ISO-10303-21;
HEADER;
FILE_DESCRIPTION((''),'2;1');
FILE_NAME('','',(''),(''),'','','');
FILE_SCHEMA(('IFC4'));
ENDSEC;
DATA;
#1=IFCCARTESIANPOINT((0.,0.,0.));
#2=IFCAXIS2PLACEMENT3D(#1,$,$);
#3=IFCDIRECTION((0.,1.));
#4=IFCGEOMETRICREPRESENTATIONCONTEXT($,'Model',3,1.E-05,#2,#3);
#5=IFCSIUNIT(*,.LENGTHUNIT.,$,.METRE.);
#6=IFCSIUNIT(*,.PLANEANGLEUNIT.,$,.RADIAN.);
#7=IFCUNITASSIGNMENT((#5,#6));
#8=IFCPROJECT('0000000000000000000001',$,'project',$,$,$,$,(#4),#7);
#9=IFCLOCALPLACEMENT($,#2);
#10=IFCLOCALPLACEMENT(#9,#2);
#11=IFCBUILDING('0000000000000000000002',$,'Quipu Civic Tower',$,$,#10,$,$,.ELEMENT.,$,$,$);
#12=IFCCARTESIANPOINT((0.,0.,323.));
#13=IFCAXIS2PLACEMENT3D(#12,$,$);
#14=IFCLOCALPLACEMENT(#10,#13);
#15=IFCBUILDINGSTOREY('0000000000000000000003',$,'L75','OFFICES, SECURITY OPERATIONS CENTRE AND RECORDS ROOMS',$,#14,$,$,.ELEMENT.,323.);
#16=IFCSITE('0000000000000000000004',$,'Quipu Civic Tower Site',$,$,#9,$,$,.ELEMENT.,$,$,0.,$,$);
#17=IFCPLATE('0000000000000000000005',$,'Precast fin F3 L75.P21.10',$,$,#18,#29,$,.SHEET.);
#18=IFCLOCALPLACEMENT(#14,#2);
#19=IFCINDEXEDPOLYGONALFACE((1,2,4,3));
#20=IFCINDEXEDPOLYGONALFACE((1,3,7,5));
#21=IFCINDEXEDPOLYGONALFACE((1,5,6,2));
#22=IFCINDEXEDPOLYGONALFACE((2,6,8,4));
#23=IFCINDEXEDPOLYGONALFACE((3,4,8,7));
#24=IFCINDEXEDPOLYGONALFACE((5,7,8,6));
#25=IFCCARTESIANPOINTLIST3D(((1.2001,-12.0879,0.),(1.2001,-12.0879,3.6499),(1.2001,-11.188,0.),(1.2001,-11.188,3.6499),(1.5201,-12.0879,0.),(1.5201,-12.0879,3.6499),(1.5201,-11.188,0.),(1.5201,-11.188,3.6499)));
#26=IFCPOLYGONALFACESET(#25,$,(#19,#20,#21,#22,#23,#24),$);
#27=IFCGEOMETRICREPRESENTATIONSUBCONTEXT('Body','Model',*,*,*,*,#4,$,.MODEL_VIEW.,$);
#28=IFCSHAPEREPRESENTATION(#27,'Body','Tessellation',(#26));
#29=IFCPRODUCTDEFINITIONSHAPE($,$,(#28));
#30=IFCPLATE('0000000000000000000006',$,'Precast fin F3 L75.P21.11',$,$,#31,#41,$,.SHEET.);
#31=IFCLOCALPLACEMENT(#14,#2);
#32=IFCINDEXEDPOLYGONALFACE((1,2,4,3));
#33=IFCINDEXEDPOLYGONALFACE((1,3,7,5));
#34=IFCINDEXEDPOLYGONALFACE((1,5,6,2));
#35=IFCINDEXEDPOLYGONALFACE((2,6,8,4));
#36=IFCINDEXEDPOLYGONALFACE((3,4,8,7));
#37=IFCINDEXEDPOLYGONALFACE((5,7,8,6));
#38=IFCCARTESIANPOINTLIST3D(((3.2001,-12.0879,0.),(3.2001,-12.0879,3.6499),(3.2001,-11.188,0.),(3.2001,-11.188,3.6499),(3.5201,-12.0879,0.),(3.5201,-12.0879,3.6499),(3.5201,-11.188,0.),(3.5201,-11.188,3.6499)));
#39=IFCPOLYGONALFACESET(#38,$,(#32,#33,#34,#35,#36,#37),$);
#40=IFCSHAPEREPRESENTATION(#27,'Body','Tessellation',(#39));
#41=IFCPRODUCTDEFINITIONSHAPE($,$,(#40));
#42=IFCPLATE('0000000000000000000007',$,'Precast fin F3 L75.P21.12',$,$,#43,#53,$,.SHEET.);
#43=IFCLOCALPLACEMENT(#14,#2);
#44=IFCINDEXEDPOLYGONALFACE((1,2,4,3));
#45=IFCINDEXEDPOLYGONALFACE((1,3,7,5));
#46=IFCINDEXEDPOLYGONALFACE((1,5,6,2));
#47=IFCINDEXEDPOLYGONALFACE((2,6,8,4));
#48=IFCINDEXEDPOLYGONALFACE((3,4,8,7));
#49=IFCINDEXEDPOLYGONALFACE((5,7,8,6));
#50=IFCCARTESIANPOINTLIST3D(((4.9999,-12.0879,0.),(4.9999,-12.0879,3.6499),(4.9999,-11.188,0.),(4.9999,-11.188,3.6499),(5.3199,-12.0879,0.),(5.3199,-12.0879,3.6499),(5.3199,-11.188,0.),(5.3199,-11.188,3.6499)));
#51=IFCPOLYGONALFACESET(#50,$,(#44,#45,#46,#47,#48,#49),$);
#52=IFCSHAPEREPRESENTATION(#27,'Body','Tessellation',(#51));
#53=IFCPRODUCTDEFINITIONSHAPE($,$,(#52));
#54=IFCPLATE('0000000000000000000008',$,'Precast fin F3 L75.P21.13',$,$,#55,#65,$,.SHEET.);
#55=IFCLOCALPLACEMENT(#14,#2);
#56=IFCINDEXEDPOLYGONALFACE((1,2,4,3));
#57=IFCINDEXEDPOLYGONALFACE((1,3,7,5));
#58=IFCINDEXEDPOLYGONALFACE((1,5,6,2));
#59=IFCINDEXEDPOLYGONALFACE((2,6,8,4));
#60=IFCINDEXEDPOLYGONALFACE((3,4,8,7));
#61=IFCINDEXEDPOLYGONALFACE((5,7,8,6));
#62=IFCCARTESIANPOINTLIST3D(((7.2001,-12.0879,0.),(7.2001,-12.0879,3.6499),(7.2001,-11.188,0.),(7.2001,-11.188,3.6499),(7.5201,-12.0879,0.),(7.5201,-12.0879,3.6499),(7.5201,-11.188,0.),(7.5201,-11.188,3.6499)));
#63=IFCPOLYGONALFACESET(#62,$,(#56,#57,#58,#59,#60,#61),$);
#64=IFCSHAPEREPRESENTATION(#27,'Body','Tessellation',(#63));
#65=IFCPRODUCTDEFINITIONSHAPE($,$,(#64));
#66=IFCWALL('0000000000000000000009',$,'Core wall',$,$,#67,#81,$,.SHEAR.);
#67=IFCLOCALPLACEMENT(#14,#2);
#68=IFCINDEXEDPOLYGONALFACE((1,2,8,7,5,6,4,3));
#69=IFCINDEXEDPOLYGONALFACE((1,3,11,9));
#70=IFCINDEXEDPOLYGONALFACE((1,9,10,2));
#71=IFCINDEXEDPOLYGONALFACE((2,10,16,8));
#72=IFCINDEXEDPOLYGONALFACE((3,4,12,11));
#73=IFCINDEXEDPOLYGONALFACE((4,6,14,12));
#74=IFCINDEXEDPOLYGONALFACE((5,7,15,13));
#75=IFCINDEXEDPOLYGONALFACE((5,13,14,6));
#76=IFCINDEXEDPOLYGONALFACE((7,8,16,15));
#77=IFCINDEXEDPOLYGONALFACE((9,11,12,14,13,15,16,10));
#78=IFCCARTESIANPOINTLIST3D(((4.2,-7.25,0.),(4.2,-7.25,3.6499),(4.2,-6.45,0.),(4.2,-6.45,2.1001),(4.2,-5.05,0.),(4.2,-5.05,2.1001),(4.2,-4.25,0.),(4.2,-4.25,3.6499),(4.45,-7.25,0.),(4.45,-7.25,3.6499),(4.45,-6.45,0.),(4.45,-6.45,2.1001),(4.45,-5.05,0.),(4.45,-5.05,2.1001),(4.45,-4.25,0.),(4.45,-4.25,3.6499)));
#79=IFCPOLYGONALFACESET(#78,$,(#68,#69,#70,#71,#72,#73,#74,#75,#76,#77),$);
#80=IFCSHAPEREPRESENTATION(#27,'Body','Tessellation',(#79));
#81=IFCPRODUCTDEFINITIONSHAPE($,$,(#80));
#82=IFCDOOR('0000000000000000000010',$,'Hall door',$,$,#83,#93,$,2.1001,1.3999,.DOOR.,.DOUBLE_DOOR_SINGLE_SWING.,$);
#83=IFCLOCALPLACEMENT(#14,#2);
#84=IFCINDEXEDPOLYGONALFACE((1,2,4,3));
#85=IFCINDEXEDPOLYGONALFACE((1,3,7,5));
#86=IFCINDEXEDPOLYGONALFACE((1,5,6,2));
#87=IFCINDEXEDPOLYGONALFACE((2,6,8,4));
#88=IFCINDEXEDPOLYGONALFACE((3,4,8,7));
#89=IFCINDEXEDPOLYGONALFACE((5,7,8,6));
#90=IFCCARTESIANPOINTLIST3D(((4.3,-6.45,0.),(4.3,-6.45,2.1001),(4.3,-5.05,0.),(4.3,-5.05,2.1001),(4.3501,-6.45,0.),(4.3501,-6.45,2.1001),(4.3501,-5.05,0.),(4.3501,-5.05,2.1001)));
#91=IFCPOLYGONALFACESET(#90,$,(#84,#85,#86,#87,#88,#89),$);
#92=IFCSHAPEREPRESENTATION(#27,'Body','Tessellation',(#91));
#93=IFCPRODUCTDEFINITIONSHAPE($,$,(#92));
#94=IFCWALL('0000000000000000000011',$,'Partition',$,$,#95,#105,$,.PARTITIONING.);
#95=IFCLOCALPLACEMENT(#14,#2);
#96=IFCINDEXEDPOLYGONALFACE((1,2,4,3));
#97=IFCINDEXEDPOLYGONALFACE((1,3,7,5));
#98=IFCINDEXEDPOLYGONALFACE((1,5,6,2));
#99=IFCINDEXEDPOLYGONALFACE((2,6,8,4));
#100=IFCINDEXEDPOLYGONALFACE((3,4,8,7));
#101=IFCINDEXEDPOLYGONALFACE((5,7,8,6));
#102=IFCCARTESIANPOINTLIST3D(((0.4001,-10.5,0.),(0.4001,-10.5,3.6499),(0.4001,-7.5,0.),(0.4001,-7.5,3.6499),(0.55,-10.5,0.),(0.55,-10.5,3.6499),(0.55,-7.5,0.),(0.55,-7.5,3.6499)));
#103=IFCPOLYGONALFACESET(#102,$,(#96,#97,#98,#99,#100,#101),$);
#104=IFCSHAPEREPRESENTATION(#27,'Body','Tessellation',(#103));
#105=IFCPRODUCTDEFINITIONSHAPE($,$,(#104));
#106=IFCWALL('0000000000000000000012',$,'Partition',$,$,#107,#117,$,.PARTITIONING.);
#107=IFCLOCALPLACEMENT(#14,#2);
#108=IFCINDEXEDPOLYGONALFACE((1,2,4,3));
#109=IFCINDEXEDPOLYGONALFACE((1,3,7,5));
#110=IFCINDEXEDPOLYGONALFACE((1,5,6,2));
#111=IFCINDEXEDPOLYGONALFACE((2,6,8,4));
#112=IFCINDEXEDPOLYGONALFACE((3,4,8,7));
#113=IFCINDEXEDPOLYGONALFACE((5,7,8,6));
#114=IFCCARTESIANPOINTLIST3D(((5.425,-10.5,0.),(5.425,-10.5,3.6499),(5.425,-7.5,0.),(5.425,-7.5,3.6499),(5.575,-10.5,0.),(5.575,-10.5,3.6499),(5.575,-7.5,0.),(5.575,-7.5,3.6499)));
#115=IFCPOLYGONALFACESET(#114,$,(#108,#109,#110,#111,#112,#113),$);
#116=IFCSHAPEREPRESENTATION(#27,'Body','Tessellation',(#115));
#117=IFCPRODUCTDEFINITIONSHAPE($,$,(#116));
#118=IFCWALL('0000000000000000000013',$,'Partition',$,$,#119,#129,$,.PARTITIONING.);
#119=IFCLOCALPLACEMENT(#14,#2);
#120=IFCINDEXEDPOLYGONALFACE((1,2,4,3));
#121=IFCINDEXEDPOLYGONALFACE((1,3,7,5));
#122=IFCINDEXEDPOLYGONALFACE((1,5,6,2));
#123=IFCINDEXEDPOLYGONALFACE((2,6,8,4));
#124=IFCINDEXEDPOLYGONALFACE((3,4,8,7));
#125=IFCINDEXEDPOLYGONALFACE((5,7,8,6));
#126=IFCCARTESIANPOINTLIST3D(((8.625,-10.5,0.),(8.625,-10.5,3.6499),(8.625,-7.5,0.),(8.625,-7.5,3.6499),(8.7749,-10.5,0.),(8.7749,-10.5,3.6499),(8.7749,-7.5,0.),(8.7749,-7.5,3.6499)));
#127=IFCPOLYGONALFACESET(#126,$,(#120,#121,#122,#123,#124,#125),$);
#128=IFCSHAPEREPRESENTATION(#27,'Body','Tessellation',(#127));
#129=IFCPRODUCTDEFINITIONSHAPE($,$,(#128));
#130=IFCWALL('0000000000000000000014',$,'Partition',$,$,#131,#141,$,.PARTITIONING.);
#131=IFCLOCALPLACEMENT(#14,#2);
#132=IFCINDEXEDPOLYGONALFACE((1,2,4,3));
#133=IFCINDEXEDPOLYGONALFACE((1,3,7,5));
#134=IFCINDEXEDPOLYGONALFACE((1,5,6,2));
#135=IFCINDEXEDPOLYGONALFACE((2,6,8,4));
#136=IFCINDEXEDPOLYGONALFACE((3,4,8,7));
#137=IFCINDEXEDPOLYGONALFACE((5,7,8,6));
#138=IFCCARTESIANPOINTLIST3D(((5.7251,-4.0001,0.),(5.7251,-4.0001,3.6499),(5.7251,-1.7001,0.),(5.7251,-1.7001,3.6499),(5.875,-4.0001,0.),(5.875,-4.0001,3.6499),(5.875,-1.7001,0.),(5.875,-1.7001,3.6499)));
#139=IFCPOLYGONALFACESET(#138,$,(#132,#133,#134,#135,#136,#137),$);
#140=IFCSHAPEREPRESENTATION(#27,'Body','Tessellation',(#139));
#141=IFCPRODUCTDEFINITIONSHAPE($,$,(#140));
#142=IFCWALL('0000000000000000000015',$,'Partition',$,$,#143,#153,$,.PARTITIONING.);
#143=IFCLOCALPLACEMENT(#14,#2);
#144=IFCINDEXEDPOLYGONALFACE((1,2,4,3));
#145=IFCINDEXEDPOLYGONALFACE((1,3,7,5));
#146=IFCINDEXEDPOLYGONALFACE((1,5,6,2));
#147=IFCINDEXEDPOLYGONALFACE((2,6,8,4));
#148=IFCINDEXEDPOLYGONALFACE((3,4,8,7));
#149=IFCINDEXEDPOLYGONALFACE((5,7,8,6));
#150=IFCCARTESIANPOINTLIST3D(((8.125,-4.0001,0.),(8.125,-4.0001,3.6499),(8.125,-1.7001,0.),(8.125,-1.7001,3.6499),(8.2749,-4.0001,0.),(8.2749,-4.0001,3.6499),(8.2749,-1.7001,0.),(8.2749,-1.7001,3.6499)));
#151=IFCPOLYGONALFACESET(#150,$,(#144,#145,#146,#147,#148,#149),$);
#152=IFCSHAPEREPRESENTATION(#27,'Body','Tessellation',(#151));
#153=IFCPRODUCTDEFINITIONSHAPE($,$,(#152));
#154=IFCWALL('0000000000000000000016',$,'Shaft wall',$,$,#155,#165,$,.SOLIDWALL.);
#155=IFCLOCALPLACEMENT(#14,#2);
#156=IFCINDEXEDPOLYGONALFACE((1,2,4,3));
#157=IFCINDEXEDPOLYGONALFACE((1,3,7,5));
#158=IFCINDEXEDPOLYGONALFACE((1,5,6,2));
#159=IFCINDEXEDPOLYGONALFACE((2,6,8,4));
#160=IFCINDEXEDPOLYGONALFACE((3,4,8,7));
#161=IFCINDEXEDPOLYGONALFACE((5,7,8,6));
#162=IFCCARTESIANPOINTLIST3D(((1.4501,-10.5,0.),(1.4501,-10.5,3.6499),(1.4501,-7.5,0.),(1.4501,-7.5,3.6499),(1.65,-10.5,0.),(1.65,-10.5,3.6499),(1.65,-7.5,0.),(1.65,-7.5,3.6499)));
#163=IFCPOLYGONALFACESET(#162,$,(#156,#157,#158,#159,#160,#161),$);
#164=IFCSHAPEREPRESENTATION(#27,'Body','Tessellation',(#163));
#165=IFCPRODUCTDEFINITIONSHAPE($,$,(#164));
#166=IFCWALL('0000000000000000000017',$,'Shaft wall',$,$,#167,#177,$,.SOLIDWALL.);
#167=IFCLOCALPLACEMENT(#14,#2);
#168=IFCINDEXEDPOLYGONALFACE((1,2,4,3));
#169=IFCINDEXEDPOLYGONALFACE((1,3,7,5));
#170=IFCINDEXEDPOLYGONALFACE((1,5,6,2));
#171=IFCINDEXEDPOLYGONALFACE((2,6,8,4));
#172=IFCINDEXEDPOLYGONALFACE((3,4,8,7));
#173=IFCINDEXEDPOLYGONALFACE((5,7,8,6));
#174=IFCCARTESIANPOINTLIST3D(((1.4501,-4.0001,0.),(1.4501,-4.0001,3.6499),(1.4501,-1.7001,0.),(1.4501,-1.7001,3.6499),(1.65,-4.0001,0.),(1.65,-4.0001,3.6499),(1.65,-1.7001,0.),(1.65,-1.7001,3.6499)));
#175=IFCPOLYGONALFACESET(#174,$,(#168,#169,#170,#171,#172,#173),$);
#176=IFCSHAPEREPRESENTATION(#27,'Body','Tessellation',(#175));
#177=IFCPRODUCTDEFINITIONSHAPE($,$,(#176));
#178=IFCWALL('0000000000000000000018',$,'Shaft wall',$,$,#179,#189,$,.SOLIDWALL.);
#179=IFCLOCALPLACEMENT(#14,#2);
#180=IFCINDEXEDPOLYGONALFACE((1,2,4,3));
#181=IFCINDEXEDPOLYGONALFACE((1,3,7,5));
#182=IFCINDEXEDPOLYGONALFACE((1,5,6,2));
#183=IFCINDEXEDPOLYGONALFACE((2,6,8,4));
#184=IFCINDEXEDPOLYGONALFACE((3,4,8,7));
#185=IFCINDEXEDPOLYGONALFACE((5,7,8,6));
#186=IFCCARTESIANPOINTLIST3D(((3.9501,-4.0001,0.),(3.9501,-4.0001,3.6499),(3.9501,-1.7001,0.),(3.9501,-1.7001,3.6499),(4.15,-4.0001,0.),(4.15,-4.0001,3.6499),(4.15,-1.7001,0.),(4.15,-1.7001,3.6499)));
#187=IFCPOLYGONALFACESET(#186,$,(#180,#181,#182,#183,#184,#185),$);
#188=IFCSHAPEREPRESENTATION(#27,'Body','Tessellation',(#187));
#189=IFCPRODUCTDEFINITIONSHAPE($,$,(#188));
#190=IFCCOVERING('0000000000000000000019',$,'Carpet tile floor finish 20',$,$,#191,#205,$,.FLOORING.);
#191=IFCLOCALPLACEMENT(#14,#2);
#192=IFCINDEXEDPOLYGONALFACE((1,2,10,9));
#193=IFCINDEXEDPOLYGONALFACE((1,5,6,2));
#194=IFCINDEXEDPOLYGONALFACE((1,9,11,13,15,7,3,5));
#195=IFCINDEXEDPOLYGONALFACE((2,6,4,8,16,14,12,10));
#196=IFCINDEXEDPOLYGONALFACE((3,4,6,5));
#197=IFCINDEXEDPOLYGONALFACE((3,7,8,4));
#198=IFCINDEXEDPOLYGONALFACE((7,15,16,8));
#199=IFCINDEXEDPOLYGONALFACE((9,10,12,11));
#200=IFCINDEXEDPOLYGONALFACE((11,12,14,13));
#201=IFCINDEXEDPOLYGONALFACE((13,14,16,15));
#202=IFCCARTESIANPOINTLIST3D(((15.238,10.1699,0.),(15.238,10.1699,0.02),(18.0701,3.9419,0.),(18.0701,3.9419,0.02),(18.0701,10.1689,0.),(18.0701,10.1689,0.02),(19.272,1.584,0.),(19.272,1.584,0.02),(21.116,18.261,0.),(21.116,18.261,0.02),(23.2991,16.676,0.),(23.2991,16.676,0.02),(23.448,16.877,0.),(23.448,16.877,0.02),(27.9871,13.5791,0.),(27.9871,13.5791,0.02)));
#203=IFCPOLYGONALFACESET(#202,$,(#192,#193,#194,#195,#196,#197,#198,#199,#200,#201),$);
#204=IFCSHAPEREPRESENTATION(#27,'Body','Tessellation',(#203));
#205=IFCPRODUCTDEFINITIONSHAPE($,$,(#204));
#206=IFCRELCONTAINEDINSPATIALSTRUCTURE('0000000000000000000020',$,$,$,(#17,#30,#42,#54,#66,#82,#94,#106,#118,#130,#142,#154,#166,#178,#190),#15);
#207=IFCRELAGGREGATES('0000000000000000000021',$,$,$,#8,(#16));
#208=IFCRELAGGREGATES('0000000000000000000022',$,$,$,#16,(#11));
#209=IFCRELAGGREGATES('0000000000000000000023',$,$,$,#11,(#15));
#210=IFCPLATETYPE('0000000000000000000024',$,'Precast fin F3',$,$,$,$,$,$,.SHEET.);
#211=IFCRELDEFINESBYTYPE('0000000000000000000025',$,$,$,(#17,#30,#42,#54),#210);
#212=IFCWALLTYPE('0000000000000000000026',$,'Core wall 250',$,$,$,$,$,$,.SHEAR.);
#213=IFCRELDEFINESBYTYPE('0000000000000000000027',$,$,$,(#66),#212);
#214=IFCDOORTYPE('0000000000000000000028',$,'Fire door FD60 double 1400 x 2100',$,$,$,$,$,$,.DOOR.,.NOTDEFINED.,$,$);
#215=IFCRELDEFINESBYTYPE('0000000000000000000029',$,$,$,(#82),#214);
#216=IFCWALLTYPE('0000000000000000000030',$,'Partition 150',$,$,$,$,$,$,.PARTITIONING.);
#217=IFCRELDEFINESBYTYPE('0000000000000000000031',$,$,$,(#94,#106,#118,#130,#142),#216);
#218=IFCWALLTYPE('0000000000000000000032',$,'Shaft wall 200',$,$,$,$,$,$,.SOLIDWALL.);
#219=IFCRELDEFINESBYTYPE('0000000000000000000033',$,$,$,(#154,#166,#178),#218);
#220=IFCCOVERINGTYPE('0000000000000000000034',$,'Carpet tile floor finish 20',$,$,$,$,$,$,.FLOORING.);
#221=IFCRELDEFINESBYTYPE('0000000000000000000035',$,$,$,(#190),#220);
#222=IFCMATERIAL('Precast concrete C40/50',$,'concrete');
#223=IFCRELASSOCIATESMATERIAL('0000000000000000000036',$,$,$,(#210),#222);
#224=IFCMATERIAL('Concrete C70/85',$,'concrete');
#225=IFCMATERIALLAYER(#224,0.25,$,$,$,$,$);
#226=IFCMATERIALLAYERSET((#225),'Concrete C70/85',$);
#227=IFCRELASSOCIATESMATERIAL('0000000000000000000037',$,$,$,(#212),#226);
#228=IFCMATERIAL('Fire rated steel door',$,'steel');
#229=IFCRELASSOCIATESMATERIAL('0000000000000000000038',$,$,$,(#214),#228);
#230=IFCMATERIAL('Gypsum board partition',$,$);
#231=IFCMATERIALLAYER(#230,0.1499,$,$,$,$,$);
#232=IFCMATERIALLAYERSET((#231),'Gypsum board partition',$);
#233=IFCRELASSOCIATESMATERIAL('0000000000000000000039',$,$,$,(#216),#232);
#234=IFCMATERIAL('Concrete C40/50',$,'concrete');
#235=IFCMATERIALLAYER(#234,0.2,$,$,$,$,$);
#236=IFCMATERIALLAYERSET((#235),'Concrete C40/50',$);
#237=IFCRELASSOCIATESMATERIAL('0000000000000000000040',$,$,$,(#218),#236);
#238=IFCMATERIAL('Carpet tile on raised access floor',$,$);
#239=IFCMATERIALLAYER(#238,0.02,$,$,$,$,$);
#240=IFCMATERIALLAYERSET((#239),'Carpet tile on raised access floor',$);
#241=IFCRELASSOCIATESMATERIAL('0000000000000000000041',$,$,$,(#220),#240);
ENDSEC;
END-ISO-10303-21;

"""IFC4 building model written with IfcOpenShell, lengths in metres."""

from ifc_helpers import new_model, si_unit, direction, frame, frame_2d, origin, origin_2d, place, context, subcontext, project, spatial, polyline, rectangle, outline, extrude, material, layer, layer_set, type_object, element, fill, save


model = new_model("IFC4")

# Units and contexts
model_context = context("Model", 3, precision=1e-05, world=origin(), true_north=direction((0.0, 1.0)))
body_context = subcontext(model_context, "Body", "Model", "MODEL_VIEW")
ifc_project = project(units=[si_unit("LENGTHUNIT", "METRE"), si_unit("PLANEANGLEUNIT", "RADIAN")], contexts=[model_context])

# Site, building, storey
site_placement = place(None, origin())
site = spatial("IfcSite", under=ifc_project, at=site_placement, Name="Quipu Civic Tower Site", CompositionType="ELEMENT", RefElevation=0.0)
building_placement = place(site_placement, origin())
building = spatial("IfcBuilding", under=site, at=building_placement, Name="Quipu Civic Tower", CompositionType="ELEMENT")
storey_placement = place(building_placement, frame((0.0, 0.0, 323.0)))
storey = spatial("IfcBuildingStorey", under=building, at=storey_placement, Name="L75", Description="OFFICES, SECURITY OPERATIONS CENTRE AND RECORDS ROOMS", CompositionType="ELEMENT", Elevation=323.0)

# Plates
ifc_material_1 = material(Name="Precast concrete C40/50", Category="concrete")
plate_type = type_object("IfcPlateType", Name="Precast fin F3", PredefinedType="SHEET", material=ifc_material_1)
for number, where, z_axis, x_axis, name in (
    (1, (1.3601, -11.6379, 0.0), (0.0, 0.0, 1.0), (1.0, 0.0, 0.0), "Precast fin F3 L75.P21.10"),
    (2, (3.3601, -11.6379, 0.0), (0.0, 0.0, 1.0), (1.0, 0.0, 0.0), "Precast fin F3 L75.P21.11"),
    (3, (5.1599, -11.6379, 0.0), (0.0, 0.0, 1.0), (1.0, 0.0, 0.0), "Precast fin F3 L75.P21.12"),
    (4, (7.3601, -11.6379, 0.0), (0.0, 0.0, 1.0), (1.0, 0.0, 0.0), "Precast fin F3 L75.P21.13"),
):
    element("IfcPlate", number, at=place(storey_placement, frame(where, z_axis=z_axis, x_axis=x_axis)), inside=storey, type_object=plate_type, Name=name, PredefinedType="SHEET", context=body_context, shape_type="SweptSolid", body=[
        extrude(rectangle(XDim=0.3201, YDim=0.8999, at=origin_2d()), origin(), (0.0, 0.0, 1.0), 3.6499),
    ])

# Wall, opening, door
ifc_material_2 = material(Name="Concrete C70/85", Category="concrete")
ifc_layer_1 = layer(ifc_material_2, 0.25)
ifc_layer_set_1 = layer_set([ifc_layer_1], Name="Concrete C70/85")
wall_type_1 = type_object("IfcWallType", Name="Core wall 250", PredefinedType="SHEAR", material=ifc_layer_set_1)
wall_1_placement = place(storey_placement, frame((4.325, -7.25, 0.0), z_axis=(0.0, 0.0, 1.0), x_axis=(0.0, 1.0, 0.0)))
wall_1 = element("IfcWall", 5, at=wall_1_placement, inside=storey, type_object=wall_type_1, Name="Core wall", PredefinedType="SHEAR", context=body_context, shape_type="SweptSolid", body=[
    extrude(rectangle(XDim=3.0, YDim=0.25, at=frame_2d((1.5, 0.0))), origin(), (0.0, 0.0, 1.0), 3.6499),
])
opening_placement = place(wall_1_placement, frame((0.8, 0.0, 0.0)))
opening = element("IfcOpeningElement", 6, at=opening_placement, cuts=wall_1, PredefinedType="OPENING", context=body_context, shape_type="SweptSolid", body=[
    extrude(rectangle(XDim=1.3999, YDim=2.1001, at=frame_2d((0.7, 1.05))), frame((0.0, 0.135, 0.0), z_axis=(0.0, -1.0, 0.0), x_axis=(1.0, 0.0, 0.0)), (0.0, 0.0, 1.0), 0.27),
])
ifc_material_3 = material(Name="Fire rated steel door", Category="steel")
door_type = type_object("IfcDoorType", Name="Fire door FD60 double 1400 x 2100", OperationType="NOTDEFINED", PredefinedType="DOOR", material=ifc_material_3)
door_placement = place(opening_placement, origin())
door = element("IfcDoor", 7, at=door_placement, inside=storey, type_object=door_type, Name="Hall door", OperationType="DOUBLE_DOOR_SINGLE_SWING", OverallHeight=2.1001, OverallWidth=1.3999, PredefinedType="DOOR", context=body_context, shape_type="SweptSolid", body=[
    extrude(rectangle(XDim=1.3999, YDim=2.1001, at=frame_2d((0.7, 1.05))), frame((0.0, 0.0249, 0.0), z_axis=(0.0, -1.0, 0.0), x_axis=(1.0, 0.0, 0.0)), (0.0, 0.0, 1.0), 0.05),
])
fill(opening, door)

# Walls
ifc_material_4 = material(Name="Gypsum board partition")
ifc_layer_2 = layer(ifc_material_4, 0.1499)
ifc_layer_set_2 = layer_set([ifc_layer_2], Name="Gypsum board partition")
wall_type_2 = type_object("IfcWallType", Name="Partition 150", PredefinedType="PARTITIONING", material=ifc_layer_set_2)
for number, where, z_axis, x_axis, name in (
    (8, (0.4751, -10.5, 0.0), (0.0, 0.0, 1.0), (0.0, 1.0, 0.0), "Partition"),
    (9, (5.5, -10.5, 0.0), (0.0, 0.0, 1.0), (0.0, 1.0, 0.0), "Partition"),
    (10, (8.7, -10.5, 0.0), (0.0, 0.0, 1.0), (0.0, 1.0, 0.0), "Partition"),
):
    element("IfcWall", number, at=place(storey_placement, frame(where, z_axis=z_axis, x_axis=x_axis)), inside=storey, type_object=wall_type_2, Name=name, PredefinedType="PARTITIONING", context=body_context, shape_type="SweptSolid", body=[
        extrude(rectangle(XDim=3.0, YDim=0.1499, at=frame_2d((1.5, 0.0))), origin(), (0.0, 0.0, 1.0), 3.6499),
    ])
for number, where, z_axis, x_axis, name in (
    (11, (5.8, -4.0, 0.0), (0.0, 0.0, 1.0), (0.0, 1.0, 0.0), "Partition"),
    (12, (8.2, -4.0, 0.0), (0.0, 0.0, 1.0), (0.0, 1.0, 0.0), "Partition"),
):
    element("IfcWall", number, at=place(storey_placement, frame(where, z_axis=z_axis, x_axis=x_axis)), inside=storey, type_object=wall_type_2, Name=name, PredefinedType="PARTITIONING", context=body_context, shape_type="SweptSolid", body=[
        extrude(rectangle(XDim=2.3, YDim=0.1499, at=frame_2d((1.1499, 0.0))), origin(), (0.0, 0.0, 1.0), 3.6499),
    ])
ifc_material_5 = material(Name="Concrete C40/50", Category="concrete")
ifc_layer_3 = layer(ifc_material_5, 0.2)
ifc_layer_set_3 = layer_set([ifc_layer_3], Name="Concrete C40/50")
wall_type_3 = type_object("IfcWallType", Name="Shaft wall 200", PredefinedType="SOLIDWALL", material=ifc_layer_set_3)
wall_2_placement = place(storey_placement, frame((1.55, -10.5, 0.0), z_axis=(0.0, 0.0, 1.0), x_axis=(0.0, 1.0, 0.0)))
element("IfcWall", 13, at=wall_2_placement, inside=storey, type_object=wall_type_3, Name="Shaft wall", PredefinedType="SOLIDWALL", context=body_context, shape_type="SweptSolid", body=[
    extrude(rectangle(XDim=3.0, YDim=0.2, at=frame_2d((1.5, 0.0))), origin(), (0.0, 0.0, 1.0), 3.6499),
])
for number, where, z_axis, x_axis, name in (
    (14, (1.55, -4.0, 0.0), (0.0, 0.0, 1.0), (0.0, 1.0, 0.0), "Shaft wall"),
    (15, (4.05, -4.0, 0.0), (0.0, 0.0, 1.0), (0.0, 1.0, 0.0), "Shaft wall"),
):
    element("IfcWall", number, at=place(storey_placement, frame(where, z_axis=z_axis, x_axis=x_axis)), inside=storey, type_object=wall_type_3, Name=name, PredefinedType="SOLIDWALL", context=body_context, shape_type="SweptSolid", body=[
        extrude(rectangle(XDim=2.3, YDim=0.2, at=frame_2d((1.1499, 0.0))), origin(), (0.0, 0.0, 1.0), 3.6499),
    ])

# Covering
ifc_material_6 = material(Name="Carpet tile on raised access floor")
ifc_layer_4 = layer(ifc_material_6, 0.02)
ifc_layer_set_4 = layer_set([ifc_layer_4], Name="Carpet tile on raised access floor")
covering_type_1 = type_object("IfcCoveringType", Name="Carpet tile floor finish 20", PredefinedType="FLOORING", material=ifc_layer_set_4)
covering_1_placement = place(storey_placement, origin())
element("IfcCovering", 16, at=covering_1_placement, inside=storey, type_object=covering_type_1, Name="Carpet tile floor finish 20", PredefinedType="FLOORING", context=body_context, shape_type="SweptSolid", body=[
    extrude(outline(polyline([(15.238, 10.1699), (21.116, 18.261), (23.2991, 16.676), (23.448, 16.877), (27.9871, 13.5791), (19.272, 1.584), (18.0701, 3.9419), (18.0701, 10.1689), (15.238, 10.1699)])), origin(), (0.0, 0.0, 1.0), 0.02),
])

save(model, "model.ifc")
